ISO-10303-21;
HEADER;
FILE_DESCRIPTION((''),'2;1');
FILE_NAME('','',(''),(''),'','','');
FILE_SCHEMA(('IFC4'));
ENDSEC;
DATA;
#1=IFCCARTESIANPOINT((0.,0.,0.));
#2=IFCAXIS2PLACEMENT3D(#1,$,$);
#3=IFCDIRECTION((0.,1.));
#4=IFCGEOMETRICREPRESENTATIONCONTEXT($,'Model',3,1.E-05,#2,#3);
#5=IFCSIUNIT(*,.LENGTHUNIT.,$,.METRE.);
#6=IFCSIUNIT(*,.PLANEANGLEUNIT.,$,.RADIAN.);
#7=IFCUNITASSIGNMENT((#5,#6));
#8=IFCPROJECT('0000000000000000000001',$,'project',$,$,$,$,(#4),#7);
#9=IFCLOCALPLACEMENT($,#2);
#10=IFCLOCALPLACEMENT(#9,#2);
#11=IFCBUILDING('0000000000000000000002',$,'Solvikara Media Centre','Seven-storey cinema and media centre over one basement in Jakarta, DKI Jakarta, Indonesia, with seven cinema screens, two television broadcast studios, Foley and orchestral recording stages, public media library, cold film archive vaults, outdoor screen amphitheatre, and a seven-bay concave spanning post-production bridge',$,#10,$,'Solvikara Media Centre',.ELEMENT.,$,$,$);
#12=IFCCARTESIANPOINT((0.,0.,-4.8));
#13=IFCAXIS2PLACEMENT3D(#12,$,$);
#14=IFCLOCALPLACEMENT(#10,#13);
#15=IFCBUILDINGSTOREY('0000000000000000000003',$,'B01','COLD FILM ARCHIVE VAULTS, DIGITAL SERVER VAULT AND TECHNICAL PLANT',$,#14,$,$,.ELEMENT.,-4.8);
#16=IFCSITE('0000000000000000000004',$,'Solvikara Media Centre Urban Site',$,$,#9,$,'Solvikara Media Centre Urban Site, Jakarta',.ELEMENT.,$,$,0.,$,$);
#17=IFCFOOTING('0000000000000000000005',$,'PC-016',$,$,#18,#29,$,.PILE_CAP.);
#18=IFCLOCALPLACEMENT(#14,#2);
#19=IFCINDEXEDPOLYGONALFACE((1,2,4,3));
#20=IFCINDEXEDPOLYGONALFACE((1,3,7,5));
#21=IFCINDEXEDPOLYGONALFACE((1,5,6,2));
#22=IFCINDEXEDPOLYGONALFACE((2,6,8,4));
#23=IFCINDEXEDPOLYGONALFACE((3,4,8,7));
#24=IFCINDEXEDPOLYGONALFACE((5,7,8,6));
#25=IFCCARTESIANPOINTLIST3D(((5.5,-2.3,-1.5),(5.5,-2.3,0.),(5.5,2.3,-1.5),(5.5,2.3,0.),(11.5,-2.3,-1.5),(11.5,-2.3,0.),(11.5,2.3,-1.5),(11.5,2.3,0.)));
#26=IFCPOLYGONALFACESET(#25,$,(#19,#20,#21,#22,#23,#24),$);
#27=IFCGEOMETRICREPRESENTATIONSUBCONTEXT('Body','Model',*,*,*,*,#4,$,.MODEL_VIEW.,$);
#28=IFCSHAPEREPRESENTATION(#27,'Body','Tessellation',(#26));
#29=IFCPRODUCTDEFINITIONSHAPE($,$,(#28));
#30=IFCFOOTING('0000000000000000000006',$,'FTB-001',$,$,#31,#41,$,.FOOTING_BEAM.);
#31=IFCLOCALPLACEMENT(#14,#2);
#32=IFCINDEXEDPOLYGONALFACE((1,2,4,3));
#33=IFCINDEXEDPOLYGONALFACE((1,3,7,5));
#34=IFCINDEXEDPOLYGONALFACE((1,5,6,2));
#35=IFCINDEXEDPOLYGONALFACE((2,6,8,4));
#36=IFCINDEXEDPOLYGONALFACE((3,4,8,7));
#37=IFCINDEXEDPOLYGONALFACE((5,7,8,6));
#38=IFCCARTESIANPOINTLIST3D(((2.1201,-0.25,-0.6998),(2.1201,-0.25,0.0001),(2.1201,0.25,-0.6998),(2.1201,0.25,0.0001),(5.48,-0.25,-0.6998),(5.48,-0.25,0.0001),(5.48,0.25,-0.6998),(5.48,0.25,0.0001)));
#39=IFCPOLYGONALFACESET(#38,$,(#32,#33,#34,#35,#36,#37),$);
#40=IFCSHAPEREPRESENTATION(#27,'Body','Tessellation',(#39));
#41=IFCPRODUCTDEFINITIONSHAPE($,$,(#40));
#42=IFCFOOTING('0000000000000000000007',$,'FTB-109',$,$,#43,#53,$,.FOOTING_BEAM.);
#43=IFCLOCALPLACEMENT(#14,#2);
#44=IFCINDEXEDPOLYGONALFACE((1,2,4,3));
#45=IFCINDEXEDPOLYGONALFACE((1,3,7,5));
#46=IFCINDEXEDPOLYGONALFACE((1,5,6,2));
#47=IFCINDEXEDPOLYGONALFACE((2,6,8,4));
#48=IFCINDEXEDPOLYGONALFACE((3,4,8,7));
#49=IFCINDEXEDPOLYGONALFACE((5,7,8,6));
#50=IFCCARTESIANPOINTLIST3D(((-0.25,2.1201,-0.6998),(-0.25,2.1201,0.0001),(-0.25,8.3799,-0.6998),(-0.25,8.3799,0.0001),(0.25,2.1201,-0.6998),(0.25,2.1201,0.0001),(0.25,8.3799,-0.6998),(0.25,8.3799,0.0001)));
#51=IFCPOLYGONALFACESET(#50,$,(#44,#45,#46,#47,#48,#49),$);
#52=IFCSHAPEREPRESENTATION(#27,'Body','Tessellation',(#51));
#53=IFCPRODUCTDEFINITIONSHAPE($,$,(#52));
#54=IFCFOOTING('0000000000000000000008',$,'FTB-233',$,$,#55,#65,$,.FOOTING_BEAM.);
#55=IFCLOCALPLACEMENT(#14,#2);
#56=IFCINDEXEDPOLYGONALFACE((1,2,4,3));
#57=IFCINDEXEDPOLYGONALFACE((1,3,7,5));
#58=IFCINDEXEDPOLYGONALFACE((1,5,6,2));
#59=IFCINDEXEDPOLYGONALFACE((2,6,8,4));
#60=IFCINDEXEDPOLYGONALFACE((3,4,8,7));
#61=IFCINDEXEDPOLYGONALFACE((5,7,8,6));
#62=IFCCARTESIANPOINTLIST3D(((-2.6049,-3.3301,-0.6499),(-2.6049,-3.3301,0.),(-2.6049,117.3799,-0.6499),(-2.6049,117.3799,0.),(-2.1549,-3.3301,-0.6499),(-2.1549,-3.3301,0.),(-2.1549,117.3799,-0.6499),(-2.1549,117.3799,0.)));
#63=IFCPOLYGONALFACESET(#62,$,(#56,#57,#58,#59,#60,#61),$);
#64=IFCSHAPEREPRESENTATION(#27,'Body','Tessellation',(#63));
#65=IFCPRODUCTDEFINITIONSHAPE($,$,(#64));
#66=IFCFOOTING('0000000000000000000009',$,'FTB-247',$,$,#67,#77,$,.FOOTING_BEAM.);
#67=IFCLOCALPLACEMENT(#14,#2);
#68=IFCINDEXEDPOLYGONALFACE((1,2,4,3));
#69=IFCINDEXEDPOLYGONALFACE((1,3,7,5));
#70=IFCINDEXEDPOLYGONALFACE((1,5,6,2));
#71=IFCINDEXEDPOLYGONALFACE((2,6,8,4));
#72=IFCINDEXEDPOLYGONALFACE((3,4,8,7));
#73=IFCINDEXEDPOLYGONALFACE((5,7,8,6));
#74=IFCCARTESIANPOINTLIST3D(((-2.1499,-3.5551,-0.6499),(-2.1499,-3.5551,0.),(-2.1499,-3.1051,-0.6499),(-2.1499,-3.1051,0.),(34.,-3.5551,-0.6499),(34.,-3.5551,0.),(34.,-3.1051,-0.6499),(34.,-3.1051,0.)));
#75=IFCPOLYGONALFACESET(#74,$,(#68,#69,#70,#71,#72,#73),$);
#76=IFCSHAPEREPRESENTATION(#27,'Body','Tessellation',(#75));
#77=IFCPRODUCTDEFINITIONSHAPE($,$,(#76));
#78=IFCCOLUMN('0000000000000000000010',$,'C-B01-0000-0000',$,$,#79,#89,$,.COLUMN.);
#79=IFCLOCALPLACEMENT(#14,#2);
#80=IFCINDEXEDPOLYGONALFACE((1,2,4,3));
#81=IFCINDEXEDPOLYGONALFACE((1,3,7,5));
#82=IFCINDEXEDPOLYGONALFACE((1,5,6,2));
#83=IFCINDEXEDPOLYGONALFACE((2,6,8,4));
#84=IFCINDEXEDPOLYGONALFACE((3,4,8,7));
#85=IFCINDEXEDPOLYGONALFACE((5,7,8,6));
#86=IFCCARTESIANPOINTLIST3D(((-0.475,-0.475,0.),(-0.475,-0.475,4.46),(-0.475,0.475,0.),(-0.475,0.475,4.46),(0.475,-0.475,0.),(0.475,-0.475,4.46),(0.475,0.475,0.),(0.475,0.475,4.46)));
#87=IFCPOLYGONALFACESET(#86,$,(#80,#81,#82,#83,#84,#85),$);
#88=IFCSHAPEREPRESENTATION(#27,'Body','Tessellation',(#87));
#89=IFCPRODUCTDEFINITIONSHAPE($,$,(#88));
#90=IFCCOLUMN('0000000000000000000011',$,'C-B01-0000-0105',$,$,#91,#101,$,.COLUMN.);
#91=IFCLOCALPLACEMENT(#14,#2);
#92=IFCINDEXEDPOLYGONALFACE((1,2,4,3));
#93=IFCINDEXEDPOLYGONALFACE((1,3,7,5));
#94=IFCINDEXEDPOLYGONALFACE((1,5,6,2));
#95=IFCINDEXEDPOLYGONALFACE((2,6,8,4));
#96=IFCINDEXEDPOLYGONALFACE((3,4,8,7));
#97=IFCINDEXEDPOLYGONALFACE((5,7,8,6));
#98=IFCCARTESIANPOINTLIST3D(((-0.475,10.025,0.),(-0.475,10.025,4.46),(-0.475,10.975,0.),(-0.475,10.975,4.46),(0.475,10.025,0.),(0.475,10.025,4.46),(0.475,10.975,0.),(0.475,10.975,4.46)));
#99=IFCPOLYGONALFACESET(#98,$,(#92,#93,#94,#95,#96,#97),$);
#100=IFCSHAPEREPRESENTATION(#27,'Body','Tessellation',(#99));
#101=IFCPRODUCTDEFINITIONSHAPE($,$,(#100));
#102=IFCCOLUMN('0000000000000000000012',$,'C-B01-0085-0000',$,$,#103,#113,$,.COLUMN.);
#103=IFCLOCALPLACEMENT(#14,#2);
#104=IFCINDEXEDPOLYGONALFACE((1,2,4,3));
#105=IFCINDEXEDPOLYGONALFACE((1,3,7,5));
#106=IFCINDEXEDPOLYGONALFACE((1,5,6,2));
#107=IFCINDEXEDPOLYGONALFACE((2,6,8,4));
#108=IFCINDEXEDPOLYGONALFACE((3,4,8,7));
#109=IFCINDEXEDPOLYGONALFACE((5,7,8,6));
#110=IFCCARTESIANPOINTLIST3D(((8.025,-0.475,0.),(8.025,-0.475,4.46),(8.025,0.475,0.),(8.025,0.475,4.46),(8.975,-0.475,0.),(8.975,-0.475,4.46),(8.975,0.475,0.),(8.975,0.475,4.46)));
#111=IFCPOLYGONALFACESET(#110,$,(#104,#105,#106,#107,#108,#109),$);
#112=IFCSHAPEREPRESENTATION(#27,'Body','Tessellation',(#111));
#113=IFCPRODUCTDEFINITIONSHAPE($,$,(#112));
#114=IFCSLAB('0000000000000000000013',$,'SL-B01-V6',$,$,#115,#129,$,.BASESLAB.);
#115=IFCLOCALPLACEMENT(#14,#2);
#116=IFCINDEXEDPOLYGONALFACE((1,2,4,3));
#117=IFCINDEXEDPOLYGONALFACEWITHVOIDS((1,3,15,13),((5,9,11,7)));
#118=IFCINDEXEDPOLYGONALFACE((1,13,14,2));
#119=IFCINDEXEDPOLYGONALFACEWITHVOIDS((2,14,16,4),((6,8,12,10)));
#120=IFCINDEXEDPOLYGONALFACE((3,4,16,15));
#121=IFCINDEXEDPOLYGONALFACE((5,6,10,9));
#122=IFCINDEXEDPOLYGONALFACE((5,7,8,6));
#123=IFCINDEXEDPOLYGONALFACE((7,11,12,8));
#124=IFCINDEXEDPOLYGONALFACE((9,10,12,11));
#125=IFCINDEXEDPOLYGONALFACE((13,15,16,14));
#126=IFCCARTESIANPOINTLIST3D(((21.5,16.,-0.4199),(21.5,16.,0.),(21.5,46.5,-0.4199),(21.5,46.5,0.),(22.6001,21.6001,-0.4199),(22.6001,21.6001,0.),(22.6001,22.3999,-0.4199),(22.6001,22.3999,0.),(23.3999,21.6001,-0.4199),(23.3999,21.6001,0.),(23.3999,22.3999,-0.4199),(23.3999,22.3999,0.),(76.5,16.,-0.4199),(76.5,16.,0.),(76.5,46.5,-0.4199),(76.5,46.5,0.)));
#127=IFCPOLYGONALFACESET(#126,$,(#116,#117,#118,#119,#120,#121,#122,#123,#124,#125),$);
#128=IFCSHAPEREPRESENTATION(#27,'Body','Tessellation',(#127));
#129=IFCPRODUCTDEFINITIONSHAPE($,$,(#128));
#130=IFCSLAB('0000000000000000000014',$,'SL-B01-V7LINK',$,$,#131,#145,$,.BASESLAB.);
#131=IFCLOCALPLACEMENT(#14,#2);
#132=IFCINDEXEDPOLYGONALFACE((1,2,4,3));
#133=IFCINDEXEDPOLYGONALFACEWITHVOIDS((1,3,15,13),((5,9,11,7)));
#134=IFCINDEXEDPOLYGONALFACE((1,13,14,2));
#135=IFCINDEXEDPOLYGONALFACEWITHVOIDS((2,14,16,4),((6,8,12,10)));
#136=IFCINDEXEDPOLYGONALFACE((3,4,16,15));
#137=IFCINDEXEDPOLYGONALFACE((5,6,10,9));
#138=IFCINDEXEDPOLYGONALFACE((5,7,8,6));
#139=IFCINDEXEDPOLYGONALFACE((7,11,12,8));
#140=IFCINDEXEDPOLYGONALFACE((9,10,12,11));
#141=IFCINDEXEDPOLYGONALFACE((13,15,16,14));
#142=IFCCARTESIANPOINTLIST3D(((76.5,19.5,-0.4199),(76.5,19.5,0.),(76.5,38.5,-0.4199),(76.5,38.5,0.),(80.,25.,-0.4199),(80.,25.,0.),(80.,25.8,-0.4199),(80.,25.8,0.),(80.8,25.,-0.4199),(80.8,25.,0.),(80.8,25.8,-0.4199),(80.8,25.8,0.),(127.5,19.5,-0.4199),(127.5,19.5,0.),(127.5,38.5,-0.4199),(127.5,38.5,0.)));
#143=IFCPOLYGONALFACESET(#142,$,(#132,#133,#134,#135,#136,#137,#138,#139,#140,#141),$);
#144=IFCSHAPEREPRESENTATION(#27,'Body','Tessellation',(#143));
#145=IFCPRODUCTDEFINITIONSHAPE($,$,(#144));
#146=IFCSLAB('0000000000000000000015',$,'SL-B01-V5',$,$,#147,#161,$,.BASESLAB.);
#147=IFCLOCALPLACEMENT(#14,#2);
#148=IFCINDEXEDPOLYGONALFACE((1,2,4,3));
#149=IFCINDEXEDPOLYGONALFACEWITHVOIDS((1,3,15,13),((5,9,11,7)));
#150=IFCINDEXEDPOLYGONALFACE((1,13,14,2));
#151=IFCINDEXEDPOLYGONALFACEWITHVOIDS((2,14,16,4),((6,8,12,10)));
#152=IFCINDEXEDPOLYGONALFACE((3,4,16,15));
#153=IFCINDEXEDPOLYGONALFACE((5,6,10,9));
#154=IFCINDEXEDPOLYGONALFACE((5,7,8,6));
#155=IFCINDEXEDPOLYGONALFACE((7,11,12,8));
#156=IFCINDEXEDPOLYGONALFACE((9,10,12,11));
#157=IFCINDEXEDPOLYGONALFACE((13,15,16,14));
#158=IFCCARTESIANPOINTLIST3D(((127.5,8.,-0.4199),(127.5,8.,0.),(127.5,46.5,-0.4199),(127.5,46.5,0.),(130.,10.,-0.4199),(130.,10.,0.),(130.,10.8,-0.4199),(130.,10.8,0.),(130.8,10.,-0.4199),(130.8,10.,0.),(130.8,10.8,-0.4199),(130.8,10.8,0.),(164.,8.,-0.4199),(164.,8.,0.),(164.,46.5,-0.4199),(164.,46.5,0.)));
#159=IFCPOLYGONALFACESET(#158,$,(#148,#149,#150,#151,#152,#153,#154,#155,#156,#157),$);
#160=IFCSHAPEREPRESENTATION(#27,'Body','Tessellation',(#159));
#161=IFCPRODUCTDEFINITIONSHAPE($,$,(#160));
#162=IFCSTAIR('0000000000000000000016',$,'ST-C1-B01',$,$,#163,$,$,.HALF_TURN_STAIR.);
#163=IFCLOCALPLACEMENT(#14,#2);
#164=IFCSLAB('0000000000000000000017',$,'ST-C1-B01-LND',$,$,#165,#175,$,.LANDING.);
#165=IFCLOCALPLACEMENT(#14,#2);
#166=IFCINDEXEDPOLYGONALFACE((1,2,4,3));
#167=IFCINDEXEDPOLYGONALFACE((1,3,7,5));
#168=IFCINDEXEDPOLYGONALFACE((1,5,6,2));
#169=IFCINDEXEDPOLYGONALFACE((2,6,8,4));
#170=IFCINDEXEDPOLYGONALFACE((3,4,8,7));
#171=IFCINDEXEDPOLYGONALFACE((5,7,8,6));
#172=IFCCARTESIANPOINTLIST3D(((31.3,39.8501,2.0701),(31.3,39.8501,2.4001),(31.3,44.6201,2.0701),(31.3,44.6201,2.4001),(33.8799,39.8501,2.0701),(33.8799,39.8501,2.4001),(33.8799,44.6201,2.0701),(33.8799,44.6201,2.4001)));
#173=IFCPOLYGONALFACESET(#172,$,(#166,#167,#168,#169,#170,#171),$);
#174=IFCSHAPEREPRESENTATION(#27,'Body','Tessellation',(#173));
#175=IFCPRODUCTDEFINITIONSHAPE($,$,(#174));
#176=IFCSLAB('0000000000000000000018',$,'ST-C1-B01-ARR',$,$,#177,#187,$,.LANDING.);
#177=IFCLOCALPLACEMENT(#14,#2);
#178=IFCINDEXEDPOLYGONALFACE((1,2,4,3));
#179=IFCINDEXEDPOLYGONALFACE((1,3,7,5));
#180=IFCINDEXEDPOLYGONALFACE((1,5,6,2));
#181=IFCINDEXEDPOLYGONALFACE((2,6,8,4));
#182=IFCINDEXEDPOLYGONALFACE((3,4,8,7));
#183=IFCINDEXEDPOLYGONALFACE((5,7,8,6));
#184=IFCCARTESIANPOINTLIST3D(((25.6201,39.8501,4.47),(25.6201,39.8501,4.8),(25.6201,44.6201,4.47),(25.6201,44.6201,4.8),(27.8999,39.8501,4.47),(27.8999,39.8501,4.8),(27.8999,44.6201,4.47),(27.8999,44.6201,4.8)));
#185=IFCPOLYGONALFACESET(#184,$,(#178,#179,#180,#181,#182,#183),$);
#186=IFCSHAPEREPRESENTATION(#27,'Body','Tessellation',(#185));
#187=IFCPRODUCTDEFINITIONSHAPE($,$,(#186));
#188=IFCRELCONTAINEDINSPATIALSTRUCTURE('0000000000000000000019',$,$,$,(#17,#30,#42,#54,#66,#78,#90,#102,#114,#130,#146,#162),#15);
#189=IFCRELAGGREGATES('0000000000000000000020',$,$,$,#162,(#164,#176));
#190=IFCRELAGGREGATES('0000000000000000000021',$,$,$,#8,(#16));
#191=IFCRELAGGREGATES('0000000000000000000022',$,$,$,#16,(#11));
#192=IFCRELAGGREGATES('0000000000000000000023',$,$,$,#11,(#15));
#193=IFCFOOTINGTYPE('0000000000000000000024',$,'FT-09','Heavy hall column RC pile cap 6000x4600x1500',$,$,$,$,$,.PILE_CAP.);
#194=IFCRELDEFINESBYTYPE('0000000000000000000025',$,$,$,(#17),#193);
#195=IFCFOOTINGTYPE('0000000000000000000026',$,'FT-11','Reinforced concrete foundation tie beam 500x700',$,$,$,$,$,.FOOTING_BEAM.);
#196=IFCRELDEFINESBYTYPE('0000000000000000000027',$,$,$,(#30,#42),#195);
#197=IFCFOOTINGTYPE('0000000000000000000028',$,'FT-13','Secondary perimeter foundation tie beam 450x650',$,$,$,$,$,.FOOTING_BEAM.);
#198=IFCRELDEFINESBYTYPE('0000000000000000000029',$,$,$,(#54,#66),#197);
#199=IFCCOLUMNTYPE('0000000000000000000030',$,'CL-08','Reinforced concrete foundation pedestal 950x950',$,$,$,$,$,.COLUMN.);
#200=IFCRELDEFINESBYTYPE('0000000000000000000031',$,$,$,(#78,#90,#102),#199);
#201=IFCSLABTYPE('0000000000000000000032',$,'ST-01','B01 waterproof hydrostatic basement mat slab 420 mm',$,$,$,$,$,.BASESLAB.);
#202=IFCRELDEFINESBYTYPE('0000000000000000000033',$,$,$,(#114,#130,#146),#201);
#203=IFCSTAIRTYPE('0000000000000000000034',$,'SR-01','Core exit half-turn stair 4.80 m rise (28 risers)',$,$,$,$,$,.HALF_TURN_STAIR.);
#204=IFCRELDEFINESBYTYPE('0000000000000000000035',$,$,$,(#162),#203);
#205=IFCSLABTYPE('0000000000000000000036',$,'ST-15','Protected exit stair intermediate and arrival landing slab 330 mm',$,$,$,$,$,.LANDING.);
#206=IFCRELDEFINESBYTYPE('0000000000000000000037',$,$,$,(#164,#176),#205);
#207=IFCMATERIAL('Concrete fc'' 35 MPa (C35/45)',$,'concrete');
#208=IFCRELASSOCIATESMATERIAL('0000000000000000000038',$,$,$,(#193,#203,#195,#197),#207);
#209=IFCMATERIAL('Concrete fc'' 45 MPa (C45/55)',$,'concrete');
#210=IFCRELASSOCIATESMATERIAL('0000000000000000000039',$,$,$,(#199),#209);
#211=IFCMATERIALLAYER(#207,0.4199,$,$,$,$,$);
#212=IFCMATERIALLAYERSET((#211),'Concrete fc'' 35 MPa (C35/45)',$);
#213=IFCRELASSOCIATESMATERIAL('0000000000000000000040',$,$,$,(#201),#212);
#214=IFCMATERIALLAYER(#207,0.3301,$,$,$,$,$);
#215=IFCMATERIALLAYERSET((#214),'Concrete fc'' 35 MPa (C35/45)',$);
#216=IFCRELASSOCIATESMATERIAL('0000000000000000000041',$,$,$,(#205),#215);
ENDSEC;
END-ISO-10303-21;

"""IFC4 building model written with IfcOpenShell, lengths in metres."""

from ifc_helpers import new_model, si_unit, direction, frame, origin, origin_2d, place, context, subcontext, project, spatial, polyline, rectangle, outline, extrude, material, layer, layer_set, material_profile, profile_set, type_object, element, aggregate, save


model = new_model("IFC4")

# Units and contexts
model_context = context("Model", 3, precision=1e-05, world=origin(), true_north=direction((0.0, 1.0)))
body_context = subcontext(model_context, "Body", "Model", "MODEL_VIEW")
ifc_project = project(units=[si_unit("LENGTHUNIT", "METRE"), si_unit("PLANEANGLEUNIT", "RADIAN")], contexts=[model_context])

# Site, building, storey
site_placement = place(None, origin())
site = spatial("IfcSite", under=ifc_project, at=site_placement, Name="Solvikara Media Centre Urban Site", LongName="Solvikara Media Centre Urban Site, Jakarta", CompositionType="ELEMENT", RefElevation=0.0)
building_placement = place(site_placement, origin())
building = spatial("IfcBuilding", under=site, at=building_placement, Name="Solvikara Media Centre", Description="Seven-storey cinema and media centre over one basement in Jakarta, DKI Jakarta, Indonesia, with seven cinema screens, two television broadcast studios, Foley and orchestral recording stages, public media library, cold film archive vaults, outdoor screen amphitheatre, and a seven-bay concave spanning post-production bridge", LongName="Solvikara Media Centre", CompositionType="ELEMENT")
storey_placement = place(building_placement, frame((0.0, 0.0, -4.8)))
storey = spatial("IfcBuildingStorey", under=building, at=storey_placement, Name="B01", Description="COLD FILM ARCHIVE VAULTS, DIGITAL SERVER VAULT AND TECHNICAL PLANT", CompositionType="ELEMENT", Elevation=-4.8)

# Shared definitions
ifc_material_1 = material(Name="Concrete fc' 35 MPa (C35/45)", Category="concrete")

# Footings
footing_type_1 = type_object("IfcFootingType", Name="FT-09", Description="Heavy hall column RC pile cap 6000x4600x1500", PredefinedType="PILE_CAP", material=ifc_material_1)
footing_1_placement = place(storey_placement, frame((8.5, 0.0, -1.5), z_axis=(0.0, 0.0, 1.0), x_axis=(1.0, 0.0, 0.0)))
element("IfcFooting", 1, at=footing_1_placement, inside=storey, type_object=footing_type_1, Name="PC-016", PredefinedType="PILE_CAP", context=body_context, shape_type="SweptSolid", body=[
    extrude(rectangle(XDim=6.0, YDim=4.6001, at=origin_2d()), origin(), (0.0, 0.0, 1.0), 1.5),
])
ifc_material_profile_1 = material_profile(ifc_material_1, rectangle(XDim=0.5, YDim=0.7, at=origin_2d()), Name="RC 500x700")
ifc_profile_set_1 = profile_set([ifc_material_profile_1], Name="Concrete fc' 35 MPa (C35/45)")
footing_type_2 = type_object("IfcFootingType", Name="FT-11", Description="Reinforced concrete foundation tie beam 500x700", PredefinedType="FOOTING_BEAM", material=ifc_profile_set_1)
footing_2_placement = place(storey_placement, frame((2.1201, 0.0, -0.3499), z_axis=(1.0, 0.0, 0.0), x_axis=(0.0, 1.0, 0.0)))
element("IfcFooting", 2, at=footing_2_placement, inside=storey, type_object=footing_type_2, Name="FTB-001", PredefinedType="FOOTING_BEAM", context=body_context, shape_type="SweptSolid", body=[
    extrude(rectangle(XDim=0.5, YDim=0.7, at=origin_2d()), origin(), (0.0, 0.0, 1.0), 3.3599),
])
footing_3_placement = place(storey_placement, frame((0.0, 2.1201, -0.3499), z_axis=(0.0, 1.0, 0.0), x_axis=(-1.0, 0.0, 0.0)))
element("IfcFooting", 3, at=footing_3_placement, inside=storey, type_object=footing_type_2, Name="FTB-109", PredefinedType="FOOTING_BEAM", context=body_context, shape_type="SweptSolid", body=[
    extrude(rectangle(XDim=0.5, YDim=0.7, at=origin_2d()), origin(), (0.0, 0.0, 1.0), 6.2598),
])
ifc_material_profile_2 = material_profile(ifc_material_1, rectangle(XDim=0.45, YDim=0.6499, at=origin_2d()), Name="RC 450x650")
ifc_profile_set_2 = profile_set([ifc_material_profile_2], Name="Concrete fc' 35 MPa (C35/45)")
footing_type_3 = type_object("IfcFootingType", Name="FT-13", Description="Secondary perimeter foundation tie beam 450x650", PredefinedType="FOOTING_BEAM", material=ifc_profile_set_2)
footing_4_placement = place(storey_placement, frame((-2.3799, -3.3301, -0.325), z_axis=(0.0, 1.0, 0.0), x_axis=(-1.0, 0.0, 0.0)))
element("IfcFooting", 4, at=footing_4_placement, inside=storey, type_object=footing_type_3, Name="FTB-233", PredefinedType="FOOTING_BEAM", context=body_context, shape_type="SweptSolid", body=[
    extrude(rectangle(XDim=0.45, YDim=0.6499, at=origin_2d()), origin(), (0.0, 0.0, 1.0), 120.71),
])
footing_5_placement = place(storey_placement, frame((-2.1499, -3.3301, -0.325), z_axis=(1.0, 0.0, 0.0), x_axis=(0.0, 1.0, 0.0)))
element("IfcFooting", 5, at=footing_5_placement, inside=storey, type_object=footing_type_3, Name="FTB-247", PredefinedType="FOOTING_BEAM", context=body_context, shape_type="SweptSolid", body=[
    extrude(rectangle(XDim=0.45, YDim=0.6499, at=origin_2d()), origin(), (0.0, 0.0, 1.0), 36.1499),
])

# Columns
ifc_material_2 = material(Name="Concrete fc' 45 MPa (C45/55)", Category="concrete")
ifc_material_profile_3 = material_profile(ifc_material_2, rectangle(XDim=0.95, YDim=0.95, at=origin_2d()), Name="RC 950x950")
ifc_profile_set_3 = profile_set([ifc_material_profile_3], Name="Concrete fc' 45 MPa (C45/55)")
column_type = type_object("IfcColumnType", Name="CL-08", Description="Reinforced concrete foundation pedestal 950x950", PredefinedType="COLUMN", material=ifc_profile_set_3)
for number, where, z_axis, x_axis, name in (
    (6, (0.0, 0.0, 0.0), (0.0, 0.0, 1.0), (1.0, 0.0, 0.0), "C-B01-0000-0000"),
    (7, (0.0, 10.5, 0.0), (0.0, 0.0, 1.0), (1.0, 0.0, 0.0), "C-B01-0000-0105"),
    (8, (8.5, 0.0, 0.0), (0.0, 0.0, 1.0), (1.0, 0.0, 0.0), "C-B01-0085-0000"),
):
    element("IfcColumn", number, at=place(storey_placement, frame(where, z_axis=z_axis, x_axis=x_axis)), inside=storey, type_object=column_type, Name=name, PredefinedType="COLUMN", context=body_context, shape_type="SweptSolid", body=[
        extrude(rectangle(XDim=0.95, YDim=0.95, at=origin_2d()), origin(), (0.0, 0.0, 1.0), 4.46),
    ])

# Slabs
ifc_layer_1 = layer(ifc_material_1, 0.4199)
ifc_layer_set_1 = layer_set([ifc_layer_1], Name="Concrete fc' 35 MPa (C35/45)")
slab_type_1 = type_object("IfcSlabType", Name="ST-01", Description="B01 waterproof hydrostatic basement mat slab 420 mm", PredefinedType="BASESLAB", material=ifc_layer_set_1)
slab_1_placement = place(storey_placement, frame((0.0, 0.0, -0.4199)))
element("IfcSlab", 9, at=slab_1_placement, inside=storey, type_object=slab_type_1, Name="SL-B01-V6", PredefinedType="BASESLAB", context=body_context, shape_type="SweptSolid", body=[
    extrude(outline(polyline([(21.5, 16.0), (76.5, 16.0), (76.5, 46.5), (21.5, 46.5), (21.5, 16.0)]), holes=[polyline([(22.6001, 21.6001), (23.3999, 21.6001), (23.3999, 22.3999), (22.6001, 22.3999), (22.6001, 21.6001)])]), origin(), (0.0, 0.0, 1.0), 0.4199),
])
slab_2_placement = place(storey_placement, frame((0.0, 0.0, -0.4199)))
element("IfcSlab", 10, at=slab_2_placement, inside=storey, type_object=slab_type_1, Name="SL-B01-V7LINK", PredefinedType="BASESLAB", context=body_context, shape_type="SweptSolid", body=[
    extrude(outline(polyline([(76.5, 19.5), (127.5, 19.5), (127.5, 38.5), (76.5, 38.5), (76.5, 19.5)]), holes=[polyline([(80.0, 25.0), (80.8, 25.0), (80.8, 25.8), (80.0, 25.8), (80.0, 25.0)])]), origin(), (0.0, 0.0, 1.0), 0.4199),
])
slab_3_placement = place(storey_placement, frame((0.0, 0.0, -0.4199)))
element("IfcSlab", 11, at=slab_3_placement, inside=storey, type_object=slab_type_1, Name="SL-B01-V5", PredefinedType="BASESLAB", context=body_context, shape_type="SweptSolid", body=[
    extrude(outline(polyline([(127.5, 8.0), (164.0, 8.0), (164.0, 46.5), (127.5, 46.5), (127.5, 8.0)]), holes=[polyline([(130.0, 10.0), (130.8, 10.0), (130.8, 10.8), (130.0, 10.8), (130.0, 10.0)])]), origin(), (0.0, 0.0, 1.0), 0.4199),
])

# Stair, slabs
stair_type_1 = type_object("IfcStairType", Name="SR-01", Description="Core exit half-turn stair 4.80 m rise (28 risers)", PredefinedType="HALF_TURN_STAIR", material=ifc_material_1)
stair_1_placement = place(storey_placement, origin())
stair_1 = element("IfcStair", 12, at=stair_1_placement, inside=storey, type_object=stair_type_1, Name="ST-C1-B01", PredefinedType="HALF_TURN_STAIR")
ifc_layer_2 = layer(ifc_material_1, 0.3301)
ifc_layer_set_2 = layer_set([ifc_layer_2], Name="Concrete fc' 35 MPa (C35/45)")
slab_type_2 = type_object("IfcSlabType", Name="ST-15", Description="Protected exit stair intermediate and arrival landing slab 330 mm", PredefinedType="LANDING", material=ifc_layer_set_2)
slab_4_placement = place(storey_placement, frame((0.0, 0.0, 2.0701)))
slab_4 = element("IfcSlab", 13, at=slab_4_placement, type_object=slab_type_2, Name="ST-C1-B01-LND", PredefinedType="LANDING", context=body_context, shape_type="SweptSolid", body=[
    extrude(outline(polyline([(31.3, 39.8501), (33.8799, 39.8501), (33.8799, 44.6201), (31.3, 44.6201), (31.3, 39.8501)])), origin(), (0.0, 0.0, 1.0), 0.3301),
])
slab_5_placement = place(storey_placement, frame((0.0, 0.0, 4.47)))
slab_5 = element("IfcSlab", 14, at=slab_5_placement, type_object=slab_type_2, Name="ST-C1-B01-ARR", PredefinedType="LANDING", context=body_context, shape_type="SweptSolid", body=[
    extrude(outline(polyline([(25.6201, 39.8501), (27.8999, 39.8501), (27.8999, 44.6201), (25.6201, 44.6201), (25.6201, 39.8501)])), origin(), (0.0, 0.0, 1.0), 0.3301),
])
aggregate(stair_1, [slab_4, slab_5])

save(model, "model.ifc")
